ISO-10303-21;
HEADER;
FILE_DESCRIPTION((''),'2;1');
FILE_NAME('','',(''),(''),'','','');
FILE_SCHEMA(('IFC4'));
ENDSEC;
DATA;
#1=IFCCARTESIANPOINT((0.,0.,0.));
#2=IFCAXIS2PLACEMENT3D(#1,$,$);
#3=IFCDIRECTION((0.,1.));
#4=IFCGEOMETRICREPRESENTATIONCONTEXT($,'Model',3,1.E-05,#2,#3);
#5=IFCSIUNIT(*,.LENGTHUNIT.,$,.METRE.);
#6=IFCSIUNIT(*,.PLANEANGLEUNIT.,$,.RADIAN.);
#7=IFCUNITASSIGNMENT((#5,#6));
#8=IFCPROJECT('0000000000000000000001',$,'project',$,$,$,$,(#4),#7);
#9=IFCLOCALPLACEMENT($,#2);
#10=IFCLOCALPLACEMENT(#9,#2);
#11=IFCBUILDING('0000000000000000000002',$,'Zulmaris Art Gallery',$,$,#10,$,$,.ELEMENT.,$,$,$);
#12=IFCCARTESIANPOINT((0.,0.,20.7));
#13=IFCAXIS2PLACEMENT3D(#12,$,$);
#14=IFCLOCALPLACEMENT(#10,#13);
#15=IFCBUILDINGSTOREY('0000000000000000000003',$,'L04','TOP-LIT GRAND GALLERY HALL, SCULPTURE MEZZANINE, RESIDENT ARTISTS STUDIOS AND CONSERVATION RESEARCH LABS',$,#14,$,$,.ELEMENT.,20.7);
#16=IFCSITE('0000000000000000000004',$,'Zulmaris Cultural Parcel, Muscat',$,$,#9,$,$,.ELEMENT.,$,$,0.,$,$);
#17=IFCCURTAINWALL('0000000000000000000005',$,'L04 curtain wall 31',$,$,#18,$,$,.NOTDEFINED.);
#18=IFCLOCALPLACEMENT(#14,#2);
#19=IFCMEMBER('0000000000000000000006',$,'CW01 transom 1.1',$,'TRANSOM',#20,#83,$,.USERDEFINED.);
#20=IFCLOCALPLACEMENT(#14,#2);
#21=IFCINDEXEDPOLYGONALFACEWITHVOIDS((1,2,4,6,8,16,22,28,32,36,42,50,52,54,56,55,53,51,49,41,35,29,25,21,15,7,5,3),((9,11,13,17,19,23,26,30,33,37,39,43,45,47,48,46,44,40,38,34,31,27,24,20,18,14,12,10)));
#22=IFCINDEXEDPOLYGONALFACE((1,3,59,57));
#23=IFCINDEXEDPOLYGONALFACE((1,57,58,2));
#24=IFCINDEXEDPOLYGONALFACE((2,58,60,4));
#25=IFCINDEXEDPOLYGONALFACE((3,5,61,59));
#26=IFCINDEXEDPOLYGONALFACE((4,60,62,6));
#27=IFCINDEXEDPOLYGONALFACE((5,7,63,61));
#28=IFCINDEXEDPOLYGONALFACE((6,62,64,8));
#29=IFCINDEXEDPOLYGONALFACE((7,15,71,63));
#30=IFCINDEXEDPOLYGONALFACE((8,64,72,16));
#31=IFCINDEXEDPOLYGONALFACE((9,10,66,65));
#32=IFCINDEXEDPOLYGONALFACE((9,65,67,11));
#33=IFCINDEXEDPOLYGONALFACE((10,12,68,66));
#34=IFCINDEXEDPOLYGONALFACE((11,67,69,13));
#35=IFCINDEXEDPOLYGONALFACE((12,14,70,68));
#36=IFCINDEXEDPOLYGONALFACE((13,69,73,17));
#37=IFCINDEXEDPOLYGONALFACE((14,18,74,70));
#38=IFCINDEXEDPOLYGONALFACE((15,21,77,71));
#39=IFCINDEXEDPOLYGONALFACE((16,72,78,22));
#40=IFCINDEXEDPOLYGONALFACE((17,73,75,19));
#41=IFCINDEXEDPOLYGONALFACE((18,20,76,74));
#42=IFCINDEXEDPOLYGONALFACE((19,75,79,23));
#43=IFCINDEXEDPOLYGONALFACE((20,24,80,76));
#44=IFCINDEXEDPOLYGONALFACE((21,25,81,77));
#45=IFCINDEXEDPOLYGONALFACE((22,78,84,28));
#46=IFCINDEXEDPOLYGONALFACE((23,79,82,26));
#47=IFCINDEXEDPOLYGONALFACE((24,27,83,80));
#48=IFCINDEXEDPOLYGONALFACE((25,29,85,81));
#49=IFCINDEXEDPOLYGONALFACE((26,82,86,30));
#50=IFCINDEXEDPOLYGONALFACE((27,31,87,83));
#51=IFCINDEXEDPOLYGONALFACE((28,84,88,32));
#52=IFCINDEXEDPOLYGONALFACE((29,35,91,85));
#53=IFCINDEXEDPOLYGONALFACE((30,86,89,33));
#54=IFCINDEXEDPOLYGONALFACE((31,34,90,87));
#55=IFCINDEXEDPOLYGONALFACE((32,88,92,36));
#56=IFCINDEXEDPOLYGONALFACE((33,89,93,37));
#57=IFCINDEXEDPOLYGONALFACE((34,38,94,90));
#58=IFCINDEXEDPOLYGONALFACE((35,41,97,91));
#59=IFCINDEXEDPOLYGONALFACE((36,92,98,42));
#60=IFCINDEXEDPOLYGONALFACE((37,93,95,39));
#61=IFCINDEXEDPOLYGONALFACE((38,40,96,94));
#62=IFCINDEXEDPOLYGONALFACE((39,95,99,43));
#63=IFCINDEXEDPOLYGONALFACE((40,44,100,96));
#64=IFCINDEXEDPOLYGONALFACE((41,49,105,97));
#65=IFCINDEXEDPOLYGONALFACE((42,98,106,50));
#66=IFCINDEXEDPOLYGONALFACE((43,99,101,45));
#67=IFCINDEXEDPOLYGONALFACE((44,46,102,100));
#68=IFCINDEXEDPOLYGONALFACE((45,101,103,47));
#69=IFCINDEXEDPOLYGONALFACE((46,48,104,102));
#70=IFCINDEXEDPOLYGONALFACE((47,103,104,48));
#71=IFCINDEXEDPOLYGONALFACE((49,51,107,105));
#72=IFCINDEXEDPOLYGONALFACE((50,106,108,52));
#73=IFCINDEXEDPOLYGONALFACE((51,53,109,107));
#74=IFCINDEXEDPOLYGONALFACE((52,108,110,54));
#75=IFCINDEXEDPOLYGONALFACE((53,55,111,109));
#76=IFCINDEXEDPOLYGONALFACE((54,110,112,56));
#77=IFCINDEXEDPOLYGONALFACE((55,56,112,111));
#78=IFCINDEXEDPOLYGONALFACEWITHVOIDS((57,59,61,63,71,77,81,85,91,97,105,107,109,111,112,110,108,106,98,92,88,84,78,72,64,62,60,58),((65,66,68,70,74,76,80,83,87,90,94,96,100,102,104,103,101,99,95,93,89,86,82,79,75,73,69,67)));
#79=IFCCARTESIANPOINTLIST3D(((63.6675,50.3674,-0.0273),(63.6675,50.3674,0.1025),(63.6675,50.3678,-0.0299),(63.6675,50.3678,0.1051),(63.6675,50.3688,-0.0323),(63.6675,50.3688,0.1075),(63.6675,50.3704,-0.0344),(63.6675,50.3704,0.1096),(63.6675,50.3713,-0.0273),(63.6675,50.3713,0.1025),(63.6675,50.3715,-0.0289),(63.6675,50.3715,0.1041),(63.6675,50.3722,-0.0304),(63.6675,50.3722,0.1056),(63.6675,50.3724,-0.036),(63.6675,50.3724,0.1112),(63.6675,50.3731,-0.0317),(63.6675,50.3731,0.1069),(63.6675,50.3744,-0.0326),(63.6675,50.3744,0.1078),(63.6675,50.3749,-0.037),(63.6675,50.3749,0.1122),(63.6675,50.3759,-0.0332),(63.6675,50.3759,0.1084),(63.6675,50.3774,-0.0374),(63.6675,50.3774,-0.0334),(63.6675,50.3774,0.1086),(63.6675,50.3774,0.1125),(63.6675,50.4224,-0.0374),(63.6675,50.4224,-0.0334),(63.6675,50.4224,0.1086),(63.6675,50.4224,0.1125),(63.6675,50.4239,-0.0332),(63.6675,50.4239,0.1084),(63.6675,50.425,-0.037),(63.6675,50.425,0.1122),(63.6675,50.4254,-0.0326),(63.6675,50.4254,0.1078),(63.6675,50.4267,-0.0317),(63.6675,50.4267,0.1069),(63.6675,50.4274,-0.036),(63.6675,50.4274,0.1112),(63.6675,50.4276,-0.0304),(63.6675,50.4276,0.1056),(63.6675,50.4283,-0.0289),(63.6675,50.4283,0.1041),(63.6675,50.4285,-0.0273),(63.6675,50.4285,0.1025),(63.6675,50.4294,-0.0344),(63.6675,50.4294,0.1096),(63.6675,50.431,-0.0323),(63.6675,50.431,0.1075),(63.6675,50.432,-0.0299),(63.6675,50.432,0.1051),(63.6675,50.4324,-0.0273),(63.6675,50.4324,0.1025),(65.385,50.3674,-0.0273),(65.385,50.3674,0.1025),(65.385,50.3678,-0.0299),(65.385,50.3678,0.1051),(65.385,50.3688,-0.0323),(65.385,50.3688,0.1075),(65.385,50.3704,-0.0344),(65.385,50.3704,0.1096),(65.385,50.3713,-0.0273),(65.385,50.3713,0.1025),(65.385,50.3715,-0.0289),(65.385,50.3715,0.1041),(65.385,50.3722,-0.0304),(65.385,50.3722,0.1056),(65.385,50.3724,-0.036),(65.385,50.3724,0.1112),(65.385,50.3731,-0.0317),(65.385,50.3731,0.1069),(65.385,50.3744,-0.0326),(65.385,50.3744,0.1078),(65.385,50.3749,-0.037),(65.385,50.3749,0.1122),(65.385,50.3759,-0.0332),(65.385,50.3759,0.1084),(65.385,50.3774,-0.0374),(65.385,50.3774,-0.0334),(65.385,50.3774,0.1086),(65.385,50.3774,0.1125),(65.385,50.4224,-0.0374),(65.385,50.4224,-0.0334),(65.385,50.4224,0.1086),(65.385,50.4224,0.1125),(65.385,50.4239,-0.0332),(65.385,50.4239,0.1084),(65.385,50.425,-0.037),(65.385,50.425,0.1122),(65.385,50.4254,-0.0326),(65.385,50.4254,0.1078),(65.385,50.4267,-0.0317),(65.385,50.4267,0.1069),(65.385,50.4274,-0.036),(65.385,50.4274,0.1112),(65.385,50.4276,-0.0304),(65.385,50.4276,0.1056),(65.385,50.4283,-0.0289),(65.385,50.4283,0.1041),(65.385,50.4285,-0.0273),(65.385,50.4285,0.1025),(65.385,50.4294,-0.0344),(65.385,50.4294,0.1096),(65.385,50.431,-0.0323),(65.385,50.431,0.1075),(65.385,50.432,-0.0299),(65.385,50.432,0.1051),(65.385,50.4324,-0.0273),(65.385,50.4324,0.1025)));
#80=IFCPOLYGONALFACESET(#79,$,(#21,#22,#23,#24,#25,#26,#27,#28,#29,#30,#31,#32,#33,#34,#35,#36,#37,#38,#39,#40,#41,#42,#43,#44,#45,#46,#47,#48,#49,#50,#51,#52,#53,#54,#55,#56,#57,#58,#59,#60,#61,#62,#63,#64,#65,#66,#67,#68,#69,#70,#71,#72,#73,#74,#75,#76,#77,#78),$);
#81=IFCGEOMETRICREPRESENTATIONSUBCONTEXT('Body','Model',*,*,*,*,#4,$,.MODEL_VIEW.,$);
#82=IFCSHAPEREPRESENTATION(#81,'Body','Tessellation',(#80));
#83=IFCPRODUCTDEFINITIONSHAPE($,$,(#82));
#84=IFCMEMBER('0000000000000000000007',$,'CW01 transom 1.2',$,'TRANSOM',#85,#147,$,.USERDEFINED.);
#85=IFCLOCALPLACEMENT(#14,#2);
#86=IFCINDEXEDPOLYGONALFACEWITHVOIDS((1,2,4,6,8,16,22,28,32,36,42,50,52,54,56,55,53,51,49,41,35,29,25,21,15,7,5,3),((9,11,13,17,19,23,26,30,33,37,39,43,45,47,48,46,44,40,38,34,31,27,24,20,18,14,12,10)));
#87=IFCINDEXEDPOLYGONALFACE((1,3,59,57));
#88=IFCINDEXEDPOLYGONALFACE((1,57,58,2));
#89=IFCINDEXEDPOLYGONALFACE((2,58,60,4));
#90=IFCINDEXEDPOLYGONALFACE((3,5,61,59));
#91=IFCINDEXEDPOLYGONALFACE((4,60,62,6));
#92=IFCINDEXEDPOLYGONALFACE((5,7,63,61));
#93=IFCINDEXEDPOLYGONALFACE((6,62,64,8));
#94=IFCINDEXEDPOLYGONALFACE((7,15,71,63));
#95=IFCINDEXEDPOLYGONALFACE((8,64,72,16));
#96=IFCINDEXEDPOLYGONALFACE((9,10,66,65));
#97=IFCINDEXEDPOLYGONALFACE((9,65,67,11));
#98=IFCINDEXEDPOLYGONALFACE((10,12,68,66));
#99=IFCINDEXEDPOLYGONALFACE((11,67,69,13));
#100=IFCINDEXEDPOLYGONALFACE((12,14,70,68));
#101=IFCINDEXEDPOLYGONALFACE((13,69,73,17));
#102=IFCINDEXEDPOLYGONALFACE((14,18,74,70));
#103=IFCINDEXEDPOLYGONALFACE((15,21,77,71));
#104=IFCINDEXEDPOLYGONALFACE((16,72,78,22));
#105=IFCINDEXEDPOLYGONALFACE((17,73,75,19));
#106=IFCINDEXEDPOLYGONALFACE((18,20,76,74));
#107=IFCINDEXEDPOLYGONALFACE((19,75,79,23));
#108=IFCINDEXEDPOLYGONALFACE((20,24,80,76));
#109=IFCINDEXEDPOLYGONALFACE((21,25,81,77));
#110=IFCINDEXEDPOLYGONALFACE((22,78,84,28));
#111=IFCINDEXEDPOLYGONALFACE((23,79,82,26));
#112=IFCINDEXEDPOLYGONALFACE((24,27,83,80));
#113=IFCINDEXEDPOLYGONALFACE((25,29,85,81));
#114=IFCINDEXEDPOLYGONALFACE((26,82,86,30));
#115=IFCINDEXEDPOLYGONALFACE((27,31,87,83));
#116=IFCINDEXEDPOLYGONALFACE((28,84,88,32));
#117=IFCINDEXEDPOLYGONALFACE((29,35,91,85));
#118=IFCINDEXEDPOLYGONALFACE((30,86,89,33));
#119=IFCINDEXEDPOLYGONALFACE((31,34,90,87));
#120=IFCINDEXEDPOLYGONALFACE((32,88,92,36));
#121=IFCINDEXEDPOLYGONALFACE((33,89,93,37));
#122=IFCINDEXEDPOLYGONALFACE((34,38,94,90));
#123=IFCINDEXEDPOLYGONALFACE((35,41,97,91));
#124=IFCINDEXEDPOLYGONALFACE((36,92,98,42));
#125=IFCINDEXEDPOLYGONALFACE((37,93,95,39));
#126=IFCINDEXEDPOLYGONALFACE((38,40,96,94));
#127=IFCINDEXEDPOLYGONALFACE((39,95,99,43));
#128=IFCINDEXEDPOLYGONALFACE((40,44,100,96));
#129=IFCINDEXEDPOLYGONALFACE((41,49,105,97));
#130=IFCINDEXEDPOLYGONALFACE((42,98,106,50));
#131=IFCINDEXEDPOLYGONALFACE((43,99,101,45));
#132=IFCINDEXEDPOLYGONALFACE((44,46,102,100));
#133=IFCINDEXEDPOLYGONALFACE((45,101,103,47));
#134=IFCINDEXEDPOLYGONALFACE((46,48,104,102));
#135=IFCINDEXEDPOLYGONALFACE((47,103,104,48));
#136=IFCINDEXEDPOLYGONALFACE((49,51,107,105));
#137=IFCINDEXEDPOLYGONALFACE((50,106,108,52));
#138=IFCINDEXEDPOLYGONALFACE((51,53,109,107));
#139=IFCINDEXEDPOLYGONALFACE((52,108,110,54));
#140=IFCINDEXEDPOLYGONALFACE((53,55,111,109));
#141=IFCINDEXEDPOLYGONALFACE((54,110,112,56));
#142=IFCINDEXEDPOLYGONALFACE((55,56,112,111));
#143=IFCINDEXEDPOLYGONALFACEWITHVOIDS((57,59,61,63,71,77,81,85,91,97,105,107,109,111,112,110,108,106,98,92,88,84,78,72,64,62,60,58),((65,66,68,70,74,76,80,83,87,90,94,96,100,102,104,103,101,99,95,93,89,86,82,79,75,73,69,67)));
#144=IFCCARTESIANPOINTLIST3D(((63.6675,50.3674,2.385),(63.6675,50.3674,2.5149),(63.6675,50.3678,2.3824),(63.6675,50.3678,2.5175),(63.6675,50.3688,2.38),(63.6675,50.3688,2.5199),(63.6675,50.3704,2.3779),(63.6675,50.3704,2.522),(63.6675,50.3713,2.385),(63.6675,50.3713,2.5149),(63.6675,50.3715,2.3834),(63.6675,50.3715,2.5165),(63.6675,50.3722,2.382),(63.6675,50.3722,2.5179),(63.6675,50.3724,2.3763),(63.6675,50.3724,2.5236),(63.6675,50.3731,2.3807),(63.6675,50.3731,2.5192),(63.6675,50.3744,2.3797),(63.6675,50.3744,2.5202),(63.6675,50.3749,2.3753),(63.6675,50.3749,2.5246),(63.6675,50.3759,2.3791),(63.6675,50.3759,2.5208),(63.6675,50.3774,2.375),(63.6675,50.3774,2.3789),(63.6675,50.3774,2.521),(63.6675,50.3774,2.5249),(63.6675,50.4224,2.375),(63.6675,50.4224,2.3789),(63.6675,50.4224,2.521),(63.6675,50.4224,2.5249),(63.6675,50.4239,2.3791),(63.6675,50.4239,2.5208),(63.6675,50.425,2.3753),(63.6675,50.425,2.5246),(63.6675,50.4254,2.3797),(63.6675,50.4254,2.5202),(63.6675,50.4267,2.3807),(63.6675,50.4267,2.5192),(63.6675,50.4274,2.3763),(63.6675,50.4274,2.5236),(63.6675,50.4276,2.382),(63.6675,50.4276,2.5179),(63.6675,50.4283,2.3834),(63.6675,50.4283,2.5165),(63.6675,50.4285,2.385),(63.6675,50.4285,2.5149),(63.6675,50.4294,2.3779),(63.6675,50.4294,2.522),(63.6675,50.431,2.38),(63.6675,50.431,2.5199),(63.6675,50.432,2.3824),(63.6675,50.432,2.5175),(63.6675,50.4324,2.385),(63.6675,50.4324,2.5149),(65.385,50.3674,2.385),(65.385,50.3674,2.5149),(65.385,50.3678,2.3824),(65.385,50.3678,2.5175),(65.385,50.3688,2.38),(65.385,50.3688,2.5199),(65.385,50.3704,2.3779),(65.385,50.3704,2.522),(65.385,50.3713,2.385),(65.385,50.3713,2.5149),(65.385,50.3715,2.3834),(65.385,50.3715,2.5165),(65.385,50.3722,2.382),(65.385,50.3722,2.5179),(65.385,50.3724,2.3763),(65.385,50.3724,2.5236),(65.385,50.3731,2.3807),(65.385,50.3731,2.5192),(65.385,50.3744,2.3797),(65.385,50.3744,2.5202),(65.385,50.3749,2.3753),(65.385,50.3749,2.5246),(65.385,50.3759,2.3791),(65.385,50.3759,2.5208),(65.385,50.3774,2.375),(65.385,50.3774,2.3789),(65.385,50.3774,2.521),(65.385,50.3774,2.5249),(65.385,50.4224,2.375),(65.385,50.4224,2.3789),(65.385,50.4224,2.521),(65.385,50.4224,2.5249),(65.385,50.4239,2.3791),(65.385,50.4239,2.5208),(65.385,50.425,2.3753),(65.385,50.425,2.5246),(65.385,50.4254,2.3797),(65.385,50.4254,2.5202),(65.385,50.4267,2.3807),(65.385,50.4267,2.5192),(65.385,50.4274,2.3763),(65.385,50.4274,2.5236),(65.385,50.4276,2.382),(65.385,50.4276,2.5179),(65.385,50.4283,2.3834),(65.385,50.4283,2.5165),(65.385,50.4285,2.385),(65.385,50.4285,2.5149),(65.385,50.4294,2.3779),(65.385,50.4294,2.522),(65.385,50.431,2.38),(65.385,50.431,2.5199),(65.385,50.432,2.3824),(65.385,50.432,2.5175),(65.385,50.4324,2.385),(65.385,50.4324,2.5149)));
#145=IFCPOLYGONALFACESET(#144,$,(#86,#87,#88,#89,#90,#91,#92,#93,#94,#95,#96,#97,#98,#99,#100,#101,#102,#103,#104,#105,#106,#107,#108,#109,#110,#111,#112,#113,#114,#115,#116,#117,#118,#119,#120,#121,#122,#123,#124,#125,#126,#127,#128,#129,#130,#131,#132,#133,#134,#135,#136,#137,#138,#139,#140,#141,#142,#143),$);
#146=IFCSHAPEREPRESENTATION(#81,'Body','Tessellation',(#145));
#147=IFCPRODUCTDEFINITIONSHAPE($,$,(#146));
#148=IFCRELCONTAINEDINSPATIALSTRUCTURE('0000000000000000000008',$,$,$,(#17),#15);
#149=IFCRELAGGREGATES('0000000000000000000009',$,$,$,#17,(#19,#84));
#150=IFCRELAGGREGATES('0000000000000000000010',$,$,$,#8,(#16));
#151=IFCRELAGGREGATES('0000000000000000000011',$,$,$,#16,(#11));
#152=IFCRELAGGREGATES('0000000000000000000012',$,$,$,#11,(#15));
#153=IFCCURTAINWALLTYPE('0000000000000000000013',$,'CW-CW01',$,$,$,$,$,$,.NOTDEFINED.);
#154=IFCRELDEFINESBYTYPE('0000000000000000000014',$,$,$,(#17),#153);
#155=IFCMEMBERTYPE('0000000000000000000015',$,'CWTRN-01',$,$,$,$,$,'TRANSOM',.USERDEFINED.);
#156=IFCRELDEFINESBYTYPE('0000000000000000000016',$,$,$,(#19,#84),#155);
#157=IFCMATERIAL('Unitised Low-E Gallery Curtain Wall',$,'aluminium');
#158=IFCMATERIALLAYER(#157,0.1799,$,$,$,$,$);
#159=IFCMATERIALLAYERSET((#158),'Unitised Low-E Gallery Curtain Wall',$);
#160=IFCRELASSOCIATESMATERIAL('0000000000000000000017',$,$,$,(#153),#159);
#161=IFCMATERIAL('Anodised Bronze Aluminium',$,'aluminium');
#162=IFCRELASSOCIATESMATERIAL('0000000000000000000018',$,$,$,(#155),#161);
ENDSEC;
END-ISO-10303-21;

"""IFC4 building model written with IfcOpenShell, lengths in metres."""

from ifc_helpers import new_model, si_unit, direction, frame, origin, origin_2d, place, context, subcontext, project, spatial, hollow_rectangle, extrude, material, layer, layer_set, material_profile, profile_set, type_object, element, aggregate, save


model = new_model("IFC4")

# Units and contexts
model_context = context("Model", 3, precision=1e-05, world=origin(), true_north=direction((0.0, 1.0)))
body_context = subcontext(model_context, "Body", "Model", "MODEL_VIEW")
ifc_project = project(units=[si_unit("LENGTHUNIT", "METRE"), si_unit("PLANEANGLEUNIT", "RADIAN")], contexts=[model_context])

# Site, building, storey
site_placement = place(None, origin())
site = spatial("IfcSite", under=ifc_project, at=site_placement, Name="Zulmaris Cultural Parcel, Muscat", CompositionType="ELEMENT", RefElevation=0.0)
building_placement = place(site_placement, origin())
building = spatial("IfcBuilding", under=site, at=building_placement, Name="Zulmaris Art Gallery", CompositionType="ELEMENT")
storey_placement = place(building_placement, frame((0.0, 0.0, 20.7)))
storey = spatial("IfcBuildingStorey", under=building, at=storey_placement, Name="L04", Description="TOP-LIT GRAND GALLERY HALL, SCULPTURE MEZZANINE, RESIDENT ARTISTS STUDIOS AND CONSERVATION RESEARCH LABS", CompositionType="ELEMENT", Elevation=20.7)

# Curtain wall, members
ifc_material_1 = material(Name="Unitised Low-E Gallery Curtain Wall", Category="aluminium")
ifc_layer_1 = layer(ifc_material_1, 0.1799)
ifc_layer_set_1 = layer_set([ifc_layer_1], Name="Unitised Low-E Gallery Curtain Wall")
curtain_wall_type = type_object("IfcCurtainWallType", Name="CW-CW01", PredefinedType="NOTDEFINED", material=ifc_layer_set_1)
curtain_wall_placement = place(storey_placement, origin())
curtain_wall = element("IfcCurtainWall", 1, at=curtain_wall_placement, inside=storey, type_object=curtain_wall_type, Name="L04 curtain wall 31", PredefinedType="NOTDEFINED")
ifc_material_2 = material(Name="Anodised Bronze Aluminium", Category="aluminium")
ifc_material_profile_1 = material_profile(ifc_material_2, hollow_rectangle(XDim=0.0649, YDim=0.1499, WallThickness=0.0039, InnerFilletRadius=0.0061, OuterFilletRadius=0.01, at=origin_2d()), Name="ALU 65x150x4")
ifc_profile_set_1 = profile_set([ifc_material_profile_1], Name="Anodised Bronze Aluminium")
member_type_1 = type_object("IfcMemberType", Name="CWTRN-01", ElementType="TRANSOM", PredefinedType="USERDEFINED", material=ifc_profile_set_1)
member_1_placement = place(storey_placement, frame((65.385, 50.3999, 0.0376), z_axis=(-1.0, 0.0, 0.0), x_axis=(0.0, -1.0, 0.0)))
member_1 = element("IfcMember", 2, at=member_1_placement, type_object=member_type_1, Name="CW01 transom 1.1", ObjectType="TRANSOM", PredefinedType="USERDEFINED", context=body_context, shape_type="SweptSolid", body=[
    extrude(hollow_rectangle(XDim=0.0649, YDim=0.1499, WallThickness=0.0039, InnerFilletRadius=0.0061, OuterFilletRadius=0.01, at=origin_2d()), origin(), (0.0, 0.0, 1.0), 1.7175),
])
member_2_placement = place(storey_placement, frame((65.385, 50.3999, 2.45), z_axis=(-1.0, 0.0, 0.0), x_axis=(0.0, -1.0, 0.0)))
member_2 = element("IfcMember", 3, at=member_2_placement, type_object=member_type_1, Name="CW01 transom 1.2", ObjectType="TRANSOM", PredefinedType="USERDEFINED", context=body_context, shape_type="SweptSolid", body=[
    extrude(hollow_rectangle(XDim=0.0649, YDim=0.1499, WallThickness=0.0039, InnerFilletRadius=0.0061, OuterFilletRadius=0.01, at=origin_2d()), origin(), (0.0, 0.0, 1.0), 1.7175),
])
aggregate(curtain_wall, [member_1, member_2])

save(model, "model.ifc")
